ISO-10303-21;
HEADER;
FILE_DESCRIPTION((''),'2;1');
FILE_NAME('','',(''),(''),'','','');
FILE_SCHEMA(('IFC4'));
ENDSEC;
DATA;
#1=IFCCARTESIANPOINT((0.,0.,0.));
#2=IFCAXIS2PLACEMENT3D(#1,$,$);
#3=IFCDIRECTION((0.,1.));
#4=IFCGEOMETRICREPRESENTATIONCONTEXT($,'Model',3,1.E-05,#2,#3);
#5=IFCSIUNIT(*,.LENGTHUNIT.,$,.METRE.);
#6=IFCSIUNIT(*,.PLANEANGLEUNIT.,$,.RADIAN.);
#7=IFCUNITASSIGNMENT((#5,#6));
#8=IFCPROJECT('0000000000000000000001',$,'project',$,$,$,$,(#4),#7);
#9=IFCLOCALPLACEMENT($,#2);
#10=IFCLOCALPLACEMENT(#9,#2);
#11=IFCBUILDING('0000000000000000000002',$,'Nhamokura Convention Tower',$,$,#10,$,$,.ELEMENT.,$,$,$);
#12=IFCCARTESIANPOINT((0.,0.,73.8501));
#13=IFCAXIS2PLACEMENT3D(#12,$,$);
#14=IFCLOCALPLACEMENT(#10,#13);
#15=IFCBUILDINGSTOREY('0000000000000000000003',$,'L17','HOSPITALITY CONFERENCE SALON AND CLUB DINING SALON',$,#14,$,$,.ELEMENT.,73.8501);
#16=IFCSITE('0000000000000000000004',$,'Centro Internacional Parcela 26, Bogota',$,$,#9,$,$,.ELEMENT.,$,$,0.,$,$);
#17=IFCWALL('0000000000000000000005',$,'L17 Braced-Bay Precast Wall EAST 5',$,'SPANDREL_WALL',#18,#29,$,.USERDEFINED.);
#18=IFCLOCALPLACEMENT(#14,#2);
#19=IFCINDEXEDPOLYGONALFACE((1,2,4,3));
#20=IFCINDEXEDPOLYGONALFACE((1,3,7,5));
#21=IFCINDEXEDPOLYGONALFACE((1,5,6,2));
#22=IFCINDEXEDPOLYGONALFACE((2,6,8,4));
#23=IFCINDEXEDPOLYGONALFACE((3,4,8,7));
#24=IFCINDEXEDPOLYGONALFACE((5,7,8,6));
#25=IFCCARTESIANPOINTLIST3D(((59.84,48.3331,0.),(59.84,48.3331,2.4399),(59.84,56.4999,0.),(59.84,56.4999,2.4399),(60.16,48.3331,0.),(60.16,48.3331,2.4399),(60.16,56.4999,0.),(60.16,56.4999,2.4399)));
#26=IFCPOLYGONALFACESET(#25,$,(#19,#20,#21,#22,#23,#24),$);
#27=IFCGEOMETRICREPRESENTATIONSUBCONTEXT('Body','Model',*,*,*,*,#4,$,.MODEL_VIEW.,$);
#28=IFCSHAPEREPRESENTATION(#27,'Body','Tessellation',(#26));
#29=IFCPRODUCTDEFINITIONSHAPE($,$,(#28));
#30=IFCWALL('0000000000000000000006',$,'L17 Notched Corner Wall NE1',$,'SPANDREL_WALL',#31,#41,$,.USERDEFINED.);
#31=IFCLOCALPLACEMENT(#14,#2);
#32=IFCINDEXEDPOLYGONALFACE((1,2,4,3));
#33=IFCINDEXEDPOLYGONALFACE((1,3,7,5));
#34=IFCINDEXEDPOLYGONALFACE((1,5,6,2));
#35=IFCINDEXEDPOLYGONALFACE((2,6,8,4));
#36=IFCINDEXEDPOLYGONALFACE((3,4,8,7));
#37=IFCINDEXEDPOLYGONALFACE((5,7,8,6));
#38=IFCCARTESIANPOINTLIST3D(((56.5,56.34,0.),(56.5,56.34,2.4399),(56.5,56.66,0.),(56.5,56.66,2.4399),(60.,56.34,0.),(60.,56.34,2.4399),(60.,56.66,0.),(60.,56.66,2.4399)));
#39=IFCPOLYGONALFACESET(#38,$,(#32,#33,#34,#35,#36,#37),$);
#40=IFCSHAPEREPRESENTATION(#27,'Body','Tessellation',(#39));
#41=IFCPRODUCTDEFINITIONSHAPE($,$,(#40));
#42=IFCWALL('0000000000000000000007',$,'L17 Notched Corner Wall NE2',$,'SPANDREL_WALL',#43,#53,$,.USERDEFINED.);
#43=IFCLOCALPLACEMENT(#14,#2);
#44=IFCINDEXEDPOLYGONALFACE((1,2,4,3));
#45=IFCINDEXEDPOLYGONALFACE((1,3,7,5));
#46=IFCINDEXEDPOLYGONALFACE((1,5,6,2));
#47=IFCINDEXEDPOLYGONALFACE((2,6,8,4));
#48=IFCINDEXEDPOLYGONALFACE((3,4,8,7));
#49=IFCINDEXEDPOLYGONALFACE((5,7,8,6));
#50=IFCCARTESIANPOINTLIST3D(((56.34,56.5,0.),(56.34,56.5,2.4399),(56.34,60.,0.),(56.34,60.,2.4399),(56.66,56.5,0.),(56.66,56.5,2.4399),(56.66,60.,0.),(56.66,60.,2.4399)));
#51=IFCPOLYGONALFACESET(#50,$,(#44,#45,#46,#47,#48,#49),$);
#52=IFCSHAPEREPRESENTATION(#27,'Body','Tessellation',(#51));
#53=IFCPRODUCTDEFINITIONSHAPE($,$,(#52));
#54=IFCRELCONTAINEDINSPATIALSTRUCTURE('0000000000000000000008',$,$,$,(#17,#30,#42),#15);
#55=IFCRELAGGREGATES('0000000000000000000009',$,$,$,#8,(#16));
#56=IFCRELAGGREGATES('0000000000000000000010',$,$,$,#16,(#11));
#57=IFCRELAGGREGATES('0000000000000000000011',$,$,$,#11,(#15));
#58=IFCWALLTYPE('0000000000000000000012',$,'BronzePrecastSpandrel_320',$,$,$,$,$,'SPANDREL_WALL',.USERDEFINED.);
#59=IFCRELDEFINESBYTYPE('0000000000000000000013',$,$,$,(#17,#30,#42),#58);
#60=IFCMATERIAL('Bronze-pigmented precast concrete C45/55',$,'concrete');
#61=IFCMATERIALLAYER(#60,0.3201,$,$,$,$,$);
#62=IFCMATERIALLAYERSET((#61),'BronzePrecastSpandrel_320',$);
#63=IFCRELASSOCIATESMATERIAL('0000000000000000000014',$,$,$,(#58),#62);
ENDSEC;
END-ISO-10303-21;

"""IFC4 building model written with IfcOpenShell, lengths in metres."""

from ifc_helpers import new_model, si_unit, direction, frame, frame_2d, origin, place, context, subcontext, project, spatial, rectangle, extrude, material, layer, layer_set, type_object, element, save


model = new_model("IFC4")

# Units and contexts
model_context = context("Model", 3, precision=1e-05, world=origin(), true_north=direction((0.0, 1.0)))
body_context = subcontext(model_context, "Body", "Model", "MODEL_VIEW")
ifc_project = project(units=[si_unit("LENGTHUNIT", "METRE"), si_unit("PLANEANGLEUNIT", "RADIAN")], contexts=[model_context])

# Site, building, storey
site_placement = place(None, origin())
site = spatial("IfcSite", under=ifc_project, at=site_placement, Name="Centro Internacional Parcela 26, Bogota", CompositionType="ELEMENT", RefElevation=0.0)
building_placement = place(site_placement, origin())
building = spatial("IfcBuilding", under=site, at=building_placement, Name="Nhamokura Convention Tower", CompositionType="ELEMENT")
storey_placement = place(building_placement, frame((0.0, 0.0, 73.8501)))
storey = spatial("IfcBuildingStorey", under=building, at=storey_placement, Name="L17", Description="HOSPITALITY CONFERENCE SALON AND CLUB DINING SALON", CompositionType="ELEMENT", Elevation=73.8501)

# Shared definitions
ifc_material_1 = material(Name="Bronze-pigmented precast concrete C45/55", Category="concrete")
ifc_layer = layer(ifc_material_1, 0.3201)
ifc_layer_set = layer_set([ifc_layer], Name="BronzePrecastSpandrel_320")
wall_type = type_object("IfcWallType", Name="BronzePrecastSpandrel_320", ElementType="SPANDREL_WALL", PredefinedType="USERDEFINED", material=ifc_layer_set)

# Walls
wall_1_placement = place(storey_placement, frame((60.0, 56.5, 0.0), z_axis=(0.0, 0.0, 1.0), x_axis=(0.0, -1.0, 0.0)))
element("IfcWall", 1, at=wall_1_placement, inside=storey, type_object=wall_type, Name="L17 Braced-Bay Precast Wall EAST 5", ObjectType="SPANDREL_WALL", PredefinedType="USERDEFINED", context=body_context, shape_type="SweptSolid", body=[
    extrude(rectangle(XDim=8.1667, YDim=0.3201, at=frame_2d((4.0835, 0.0))), origin(), (0.0, 0.0, 1.0), 2.4399),
])
for number, where, z_axis, x_axis, name in (
    (2, (56.5, 56.5, 0.0), (0.0, 0.0, 1.0), (1.0, 0.0, 0.0), "L17 Notched Corner Wall NE1"),
    (3, (56.5, 60.0, 0.0), (0.0, 0.0, 1.0), (0.0, -1.0, 0.0), "L17 Notched Corner Wall NE2"),
):
    element("IfcWall", number, at=place(storey_placement, frame(where, z_axis=z_axis, x_axis=x_axis)), inside=storey, type_object=wall_type, Name=name, ObjectType="SPANDREL_WALL", PredefinedType="USERDEFINED", context=body_context, shape_type="SweptSolid", body=[
        extrude(rectangle(XDim=3.5, YDim=0.3201, at=frame_2d((1.75, 0.0))), origin(), (0.0, 0.0, 1.0), 2.4399),
    ])

save(model, "model.ifc")
